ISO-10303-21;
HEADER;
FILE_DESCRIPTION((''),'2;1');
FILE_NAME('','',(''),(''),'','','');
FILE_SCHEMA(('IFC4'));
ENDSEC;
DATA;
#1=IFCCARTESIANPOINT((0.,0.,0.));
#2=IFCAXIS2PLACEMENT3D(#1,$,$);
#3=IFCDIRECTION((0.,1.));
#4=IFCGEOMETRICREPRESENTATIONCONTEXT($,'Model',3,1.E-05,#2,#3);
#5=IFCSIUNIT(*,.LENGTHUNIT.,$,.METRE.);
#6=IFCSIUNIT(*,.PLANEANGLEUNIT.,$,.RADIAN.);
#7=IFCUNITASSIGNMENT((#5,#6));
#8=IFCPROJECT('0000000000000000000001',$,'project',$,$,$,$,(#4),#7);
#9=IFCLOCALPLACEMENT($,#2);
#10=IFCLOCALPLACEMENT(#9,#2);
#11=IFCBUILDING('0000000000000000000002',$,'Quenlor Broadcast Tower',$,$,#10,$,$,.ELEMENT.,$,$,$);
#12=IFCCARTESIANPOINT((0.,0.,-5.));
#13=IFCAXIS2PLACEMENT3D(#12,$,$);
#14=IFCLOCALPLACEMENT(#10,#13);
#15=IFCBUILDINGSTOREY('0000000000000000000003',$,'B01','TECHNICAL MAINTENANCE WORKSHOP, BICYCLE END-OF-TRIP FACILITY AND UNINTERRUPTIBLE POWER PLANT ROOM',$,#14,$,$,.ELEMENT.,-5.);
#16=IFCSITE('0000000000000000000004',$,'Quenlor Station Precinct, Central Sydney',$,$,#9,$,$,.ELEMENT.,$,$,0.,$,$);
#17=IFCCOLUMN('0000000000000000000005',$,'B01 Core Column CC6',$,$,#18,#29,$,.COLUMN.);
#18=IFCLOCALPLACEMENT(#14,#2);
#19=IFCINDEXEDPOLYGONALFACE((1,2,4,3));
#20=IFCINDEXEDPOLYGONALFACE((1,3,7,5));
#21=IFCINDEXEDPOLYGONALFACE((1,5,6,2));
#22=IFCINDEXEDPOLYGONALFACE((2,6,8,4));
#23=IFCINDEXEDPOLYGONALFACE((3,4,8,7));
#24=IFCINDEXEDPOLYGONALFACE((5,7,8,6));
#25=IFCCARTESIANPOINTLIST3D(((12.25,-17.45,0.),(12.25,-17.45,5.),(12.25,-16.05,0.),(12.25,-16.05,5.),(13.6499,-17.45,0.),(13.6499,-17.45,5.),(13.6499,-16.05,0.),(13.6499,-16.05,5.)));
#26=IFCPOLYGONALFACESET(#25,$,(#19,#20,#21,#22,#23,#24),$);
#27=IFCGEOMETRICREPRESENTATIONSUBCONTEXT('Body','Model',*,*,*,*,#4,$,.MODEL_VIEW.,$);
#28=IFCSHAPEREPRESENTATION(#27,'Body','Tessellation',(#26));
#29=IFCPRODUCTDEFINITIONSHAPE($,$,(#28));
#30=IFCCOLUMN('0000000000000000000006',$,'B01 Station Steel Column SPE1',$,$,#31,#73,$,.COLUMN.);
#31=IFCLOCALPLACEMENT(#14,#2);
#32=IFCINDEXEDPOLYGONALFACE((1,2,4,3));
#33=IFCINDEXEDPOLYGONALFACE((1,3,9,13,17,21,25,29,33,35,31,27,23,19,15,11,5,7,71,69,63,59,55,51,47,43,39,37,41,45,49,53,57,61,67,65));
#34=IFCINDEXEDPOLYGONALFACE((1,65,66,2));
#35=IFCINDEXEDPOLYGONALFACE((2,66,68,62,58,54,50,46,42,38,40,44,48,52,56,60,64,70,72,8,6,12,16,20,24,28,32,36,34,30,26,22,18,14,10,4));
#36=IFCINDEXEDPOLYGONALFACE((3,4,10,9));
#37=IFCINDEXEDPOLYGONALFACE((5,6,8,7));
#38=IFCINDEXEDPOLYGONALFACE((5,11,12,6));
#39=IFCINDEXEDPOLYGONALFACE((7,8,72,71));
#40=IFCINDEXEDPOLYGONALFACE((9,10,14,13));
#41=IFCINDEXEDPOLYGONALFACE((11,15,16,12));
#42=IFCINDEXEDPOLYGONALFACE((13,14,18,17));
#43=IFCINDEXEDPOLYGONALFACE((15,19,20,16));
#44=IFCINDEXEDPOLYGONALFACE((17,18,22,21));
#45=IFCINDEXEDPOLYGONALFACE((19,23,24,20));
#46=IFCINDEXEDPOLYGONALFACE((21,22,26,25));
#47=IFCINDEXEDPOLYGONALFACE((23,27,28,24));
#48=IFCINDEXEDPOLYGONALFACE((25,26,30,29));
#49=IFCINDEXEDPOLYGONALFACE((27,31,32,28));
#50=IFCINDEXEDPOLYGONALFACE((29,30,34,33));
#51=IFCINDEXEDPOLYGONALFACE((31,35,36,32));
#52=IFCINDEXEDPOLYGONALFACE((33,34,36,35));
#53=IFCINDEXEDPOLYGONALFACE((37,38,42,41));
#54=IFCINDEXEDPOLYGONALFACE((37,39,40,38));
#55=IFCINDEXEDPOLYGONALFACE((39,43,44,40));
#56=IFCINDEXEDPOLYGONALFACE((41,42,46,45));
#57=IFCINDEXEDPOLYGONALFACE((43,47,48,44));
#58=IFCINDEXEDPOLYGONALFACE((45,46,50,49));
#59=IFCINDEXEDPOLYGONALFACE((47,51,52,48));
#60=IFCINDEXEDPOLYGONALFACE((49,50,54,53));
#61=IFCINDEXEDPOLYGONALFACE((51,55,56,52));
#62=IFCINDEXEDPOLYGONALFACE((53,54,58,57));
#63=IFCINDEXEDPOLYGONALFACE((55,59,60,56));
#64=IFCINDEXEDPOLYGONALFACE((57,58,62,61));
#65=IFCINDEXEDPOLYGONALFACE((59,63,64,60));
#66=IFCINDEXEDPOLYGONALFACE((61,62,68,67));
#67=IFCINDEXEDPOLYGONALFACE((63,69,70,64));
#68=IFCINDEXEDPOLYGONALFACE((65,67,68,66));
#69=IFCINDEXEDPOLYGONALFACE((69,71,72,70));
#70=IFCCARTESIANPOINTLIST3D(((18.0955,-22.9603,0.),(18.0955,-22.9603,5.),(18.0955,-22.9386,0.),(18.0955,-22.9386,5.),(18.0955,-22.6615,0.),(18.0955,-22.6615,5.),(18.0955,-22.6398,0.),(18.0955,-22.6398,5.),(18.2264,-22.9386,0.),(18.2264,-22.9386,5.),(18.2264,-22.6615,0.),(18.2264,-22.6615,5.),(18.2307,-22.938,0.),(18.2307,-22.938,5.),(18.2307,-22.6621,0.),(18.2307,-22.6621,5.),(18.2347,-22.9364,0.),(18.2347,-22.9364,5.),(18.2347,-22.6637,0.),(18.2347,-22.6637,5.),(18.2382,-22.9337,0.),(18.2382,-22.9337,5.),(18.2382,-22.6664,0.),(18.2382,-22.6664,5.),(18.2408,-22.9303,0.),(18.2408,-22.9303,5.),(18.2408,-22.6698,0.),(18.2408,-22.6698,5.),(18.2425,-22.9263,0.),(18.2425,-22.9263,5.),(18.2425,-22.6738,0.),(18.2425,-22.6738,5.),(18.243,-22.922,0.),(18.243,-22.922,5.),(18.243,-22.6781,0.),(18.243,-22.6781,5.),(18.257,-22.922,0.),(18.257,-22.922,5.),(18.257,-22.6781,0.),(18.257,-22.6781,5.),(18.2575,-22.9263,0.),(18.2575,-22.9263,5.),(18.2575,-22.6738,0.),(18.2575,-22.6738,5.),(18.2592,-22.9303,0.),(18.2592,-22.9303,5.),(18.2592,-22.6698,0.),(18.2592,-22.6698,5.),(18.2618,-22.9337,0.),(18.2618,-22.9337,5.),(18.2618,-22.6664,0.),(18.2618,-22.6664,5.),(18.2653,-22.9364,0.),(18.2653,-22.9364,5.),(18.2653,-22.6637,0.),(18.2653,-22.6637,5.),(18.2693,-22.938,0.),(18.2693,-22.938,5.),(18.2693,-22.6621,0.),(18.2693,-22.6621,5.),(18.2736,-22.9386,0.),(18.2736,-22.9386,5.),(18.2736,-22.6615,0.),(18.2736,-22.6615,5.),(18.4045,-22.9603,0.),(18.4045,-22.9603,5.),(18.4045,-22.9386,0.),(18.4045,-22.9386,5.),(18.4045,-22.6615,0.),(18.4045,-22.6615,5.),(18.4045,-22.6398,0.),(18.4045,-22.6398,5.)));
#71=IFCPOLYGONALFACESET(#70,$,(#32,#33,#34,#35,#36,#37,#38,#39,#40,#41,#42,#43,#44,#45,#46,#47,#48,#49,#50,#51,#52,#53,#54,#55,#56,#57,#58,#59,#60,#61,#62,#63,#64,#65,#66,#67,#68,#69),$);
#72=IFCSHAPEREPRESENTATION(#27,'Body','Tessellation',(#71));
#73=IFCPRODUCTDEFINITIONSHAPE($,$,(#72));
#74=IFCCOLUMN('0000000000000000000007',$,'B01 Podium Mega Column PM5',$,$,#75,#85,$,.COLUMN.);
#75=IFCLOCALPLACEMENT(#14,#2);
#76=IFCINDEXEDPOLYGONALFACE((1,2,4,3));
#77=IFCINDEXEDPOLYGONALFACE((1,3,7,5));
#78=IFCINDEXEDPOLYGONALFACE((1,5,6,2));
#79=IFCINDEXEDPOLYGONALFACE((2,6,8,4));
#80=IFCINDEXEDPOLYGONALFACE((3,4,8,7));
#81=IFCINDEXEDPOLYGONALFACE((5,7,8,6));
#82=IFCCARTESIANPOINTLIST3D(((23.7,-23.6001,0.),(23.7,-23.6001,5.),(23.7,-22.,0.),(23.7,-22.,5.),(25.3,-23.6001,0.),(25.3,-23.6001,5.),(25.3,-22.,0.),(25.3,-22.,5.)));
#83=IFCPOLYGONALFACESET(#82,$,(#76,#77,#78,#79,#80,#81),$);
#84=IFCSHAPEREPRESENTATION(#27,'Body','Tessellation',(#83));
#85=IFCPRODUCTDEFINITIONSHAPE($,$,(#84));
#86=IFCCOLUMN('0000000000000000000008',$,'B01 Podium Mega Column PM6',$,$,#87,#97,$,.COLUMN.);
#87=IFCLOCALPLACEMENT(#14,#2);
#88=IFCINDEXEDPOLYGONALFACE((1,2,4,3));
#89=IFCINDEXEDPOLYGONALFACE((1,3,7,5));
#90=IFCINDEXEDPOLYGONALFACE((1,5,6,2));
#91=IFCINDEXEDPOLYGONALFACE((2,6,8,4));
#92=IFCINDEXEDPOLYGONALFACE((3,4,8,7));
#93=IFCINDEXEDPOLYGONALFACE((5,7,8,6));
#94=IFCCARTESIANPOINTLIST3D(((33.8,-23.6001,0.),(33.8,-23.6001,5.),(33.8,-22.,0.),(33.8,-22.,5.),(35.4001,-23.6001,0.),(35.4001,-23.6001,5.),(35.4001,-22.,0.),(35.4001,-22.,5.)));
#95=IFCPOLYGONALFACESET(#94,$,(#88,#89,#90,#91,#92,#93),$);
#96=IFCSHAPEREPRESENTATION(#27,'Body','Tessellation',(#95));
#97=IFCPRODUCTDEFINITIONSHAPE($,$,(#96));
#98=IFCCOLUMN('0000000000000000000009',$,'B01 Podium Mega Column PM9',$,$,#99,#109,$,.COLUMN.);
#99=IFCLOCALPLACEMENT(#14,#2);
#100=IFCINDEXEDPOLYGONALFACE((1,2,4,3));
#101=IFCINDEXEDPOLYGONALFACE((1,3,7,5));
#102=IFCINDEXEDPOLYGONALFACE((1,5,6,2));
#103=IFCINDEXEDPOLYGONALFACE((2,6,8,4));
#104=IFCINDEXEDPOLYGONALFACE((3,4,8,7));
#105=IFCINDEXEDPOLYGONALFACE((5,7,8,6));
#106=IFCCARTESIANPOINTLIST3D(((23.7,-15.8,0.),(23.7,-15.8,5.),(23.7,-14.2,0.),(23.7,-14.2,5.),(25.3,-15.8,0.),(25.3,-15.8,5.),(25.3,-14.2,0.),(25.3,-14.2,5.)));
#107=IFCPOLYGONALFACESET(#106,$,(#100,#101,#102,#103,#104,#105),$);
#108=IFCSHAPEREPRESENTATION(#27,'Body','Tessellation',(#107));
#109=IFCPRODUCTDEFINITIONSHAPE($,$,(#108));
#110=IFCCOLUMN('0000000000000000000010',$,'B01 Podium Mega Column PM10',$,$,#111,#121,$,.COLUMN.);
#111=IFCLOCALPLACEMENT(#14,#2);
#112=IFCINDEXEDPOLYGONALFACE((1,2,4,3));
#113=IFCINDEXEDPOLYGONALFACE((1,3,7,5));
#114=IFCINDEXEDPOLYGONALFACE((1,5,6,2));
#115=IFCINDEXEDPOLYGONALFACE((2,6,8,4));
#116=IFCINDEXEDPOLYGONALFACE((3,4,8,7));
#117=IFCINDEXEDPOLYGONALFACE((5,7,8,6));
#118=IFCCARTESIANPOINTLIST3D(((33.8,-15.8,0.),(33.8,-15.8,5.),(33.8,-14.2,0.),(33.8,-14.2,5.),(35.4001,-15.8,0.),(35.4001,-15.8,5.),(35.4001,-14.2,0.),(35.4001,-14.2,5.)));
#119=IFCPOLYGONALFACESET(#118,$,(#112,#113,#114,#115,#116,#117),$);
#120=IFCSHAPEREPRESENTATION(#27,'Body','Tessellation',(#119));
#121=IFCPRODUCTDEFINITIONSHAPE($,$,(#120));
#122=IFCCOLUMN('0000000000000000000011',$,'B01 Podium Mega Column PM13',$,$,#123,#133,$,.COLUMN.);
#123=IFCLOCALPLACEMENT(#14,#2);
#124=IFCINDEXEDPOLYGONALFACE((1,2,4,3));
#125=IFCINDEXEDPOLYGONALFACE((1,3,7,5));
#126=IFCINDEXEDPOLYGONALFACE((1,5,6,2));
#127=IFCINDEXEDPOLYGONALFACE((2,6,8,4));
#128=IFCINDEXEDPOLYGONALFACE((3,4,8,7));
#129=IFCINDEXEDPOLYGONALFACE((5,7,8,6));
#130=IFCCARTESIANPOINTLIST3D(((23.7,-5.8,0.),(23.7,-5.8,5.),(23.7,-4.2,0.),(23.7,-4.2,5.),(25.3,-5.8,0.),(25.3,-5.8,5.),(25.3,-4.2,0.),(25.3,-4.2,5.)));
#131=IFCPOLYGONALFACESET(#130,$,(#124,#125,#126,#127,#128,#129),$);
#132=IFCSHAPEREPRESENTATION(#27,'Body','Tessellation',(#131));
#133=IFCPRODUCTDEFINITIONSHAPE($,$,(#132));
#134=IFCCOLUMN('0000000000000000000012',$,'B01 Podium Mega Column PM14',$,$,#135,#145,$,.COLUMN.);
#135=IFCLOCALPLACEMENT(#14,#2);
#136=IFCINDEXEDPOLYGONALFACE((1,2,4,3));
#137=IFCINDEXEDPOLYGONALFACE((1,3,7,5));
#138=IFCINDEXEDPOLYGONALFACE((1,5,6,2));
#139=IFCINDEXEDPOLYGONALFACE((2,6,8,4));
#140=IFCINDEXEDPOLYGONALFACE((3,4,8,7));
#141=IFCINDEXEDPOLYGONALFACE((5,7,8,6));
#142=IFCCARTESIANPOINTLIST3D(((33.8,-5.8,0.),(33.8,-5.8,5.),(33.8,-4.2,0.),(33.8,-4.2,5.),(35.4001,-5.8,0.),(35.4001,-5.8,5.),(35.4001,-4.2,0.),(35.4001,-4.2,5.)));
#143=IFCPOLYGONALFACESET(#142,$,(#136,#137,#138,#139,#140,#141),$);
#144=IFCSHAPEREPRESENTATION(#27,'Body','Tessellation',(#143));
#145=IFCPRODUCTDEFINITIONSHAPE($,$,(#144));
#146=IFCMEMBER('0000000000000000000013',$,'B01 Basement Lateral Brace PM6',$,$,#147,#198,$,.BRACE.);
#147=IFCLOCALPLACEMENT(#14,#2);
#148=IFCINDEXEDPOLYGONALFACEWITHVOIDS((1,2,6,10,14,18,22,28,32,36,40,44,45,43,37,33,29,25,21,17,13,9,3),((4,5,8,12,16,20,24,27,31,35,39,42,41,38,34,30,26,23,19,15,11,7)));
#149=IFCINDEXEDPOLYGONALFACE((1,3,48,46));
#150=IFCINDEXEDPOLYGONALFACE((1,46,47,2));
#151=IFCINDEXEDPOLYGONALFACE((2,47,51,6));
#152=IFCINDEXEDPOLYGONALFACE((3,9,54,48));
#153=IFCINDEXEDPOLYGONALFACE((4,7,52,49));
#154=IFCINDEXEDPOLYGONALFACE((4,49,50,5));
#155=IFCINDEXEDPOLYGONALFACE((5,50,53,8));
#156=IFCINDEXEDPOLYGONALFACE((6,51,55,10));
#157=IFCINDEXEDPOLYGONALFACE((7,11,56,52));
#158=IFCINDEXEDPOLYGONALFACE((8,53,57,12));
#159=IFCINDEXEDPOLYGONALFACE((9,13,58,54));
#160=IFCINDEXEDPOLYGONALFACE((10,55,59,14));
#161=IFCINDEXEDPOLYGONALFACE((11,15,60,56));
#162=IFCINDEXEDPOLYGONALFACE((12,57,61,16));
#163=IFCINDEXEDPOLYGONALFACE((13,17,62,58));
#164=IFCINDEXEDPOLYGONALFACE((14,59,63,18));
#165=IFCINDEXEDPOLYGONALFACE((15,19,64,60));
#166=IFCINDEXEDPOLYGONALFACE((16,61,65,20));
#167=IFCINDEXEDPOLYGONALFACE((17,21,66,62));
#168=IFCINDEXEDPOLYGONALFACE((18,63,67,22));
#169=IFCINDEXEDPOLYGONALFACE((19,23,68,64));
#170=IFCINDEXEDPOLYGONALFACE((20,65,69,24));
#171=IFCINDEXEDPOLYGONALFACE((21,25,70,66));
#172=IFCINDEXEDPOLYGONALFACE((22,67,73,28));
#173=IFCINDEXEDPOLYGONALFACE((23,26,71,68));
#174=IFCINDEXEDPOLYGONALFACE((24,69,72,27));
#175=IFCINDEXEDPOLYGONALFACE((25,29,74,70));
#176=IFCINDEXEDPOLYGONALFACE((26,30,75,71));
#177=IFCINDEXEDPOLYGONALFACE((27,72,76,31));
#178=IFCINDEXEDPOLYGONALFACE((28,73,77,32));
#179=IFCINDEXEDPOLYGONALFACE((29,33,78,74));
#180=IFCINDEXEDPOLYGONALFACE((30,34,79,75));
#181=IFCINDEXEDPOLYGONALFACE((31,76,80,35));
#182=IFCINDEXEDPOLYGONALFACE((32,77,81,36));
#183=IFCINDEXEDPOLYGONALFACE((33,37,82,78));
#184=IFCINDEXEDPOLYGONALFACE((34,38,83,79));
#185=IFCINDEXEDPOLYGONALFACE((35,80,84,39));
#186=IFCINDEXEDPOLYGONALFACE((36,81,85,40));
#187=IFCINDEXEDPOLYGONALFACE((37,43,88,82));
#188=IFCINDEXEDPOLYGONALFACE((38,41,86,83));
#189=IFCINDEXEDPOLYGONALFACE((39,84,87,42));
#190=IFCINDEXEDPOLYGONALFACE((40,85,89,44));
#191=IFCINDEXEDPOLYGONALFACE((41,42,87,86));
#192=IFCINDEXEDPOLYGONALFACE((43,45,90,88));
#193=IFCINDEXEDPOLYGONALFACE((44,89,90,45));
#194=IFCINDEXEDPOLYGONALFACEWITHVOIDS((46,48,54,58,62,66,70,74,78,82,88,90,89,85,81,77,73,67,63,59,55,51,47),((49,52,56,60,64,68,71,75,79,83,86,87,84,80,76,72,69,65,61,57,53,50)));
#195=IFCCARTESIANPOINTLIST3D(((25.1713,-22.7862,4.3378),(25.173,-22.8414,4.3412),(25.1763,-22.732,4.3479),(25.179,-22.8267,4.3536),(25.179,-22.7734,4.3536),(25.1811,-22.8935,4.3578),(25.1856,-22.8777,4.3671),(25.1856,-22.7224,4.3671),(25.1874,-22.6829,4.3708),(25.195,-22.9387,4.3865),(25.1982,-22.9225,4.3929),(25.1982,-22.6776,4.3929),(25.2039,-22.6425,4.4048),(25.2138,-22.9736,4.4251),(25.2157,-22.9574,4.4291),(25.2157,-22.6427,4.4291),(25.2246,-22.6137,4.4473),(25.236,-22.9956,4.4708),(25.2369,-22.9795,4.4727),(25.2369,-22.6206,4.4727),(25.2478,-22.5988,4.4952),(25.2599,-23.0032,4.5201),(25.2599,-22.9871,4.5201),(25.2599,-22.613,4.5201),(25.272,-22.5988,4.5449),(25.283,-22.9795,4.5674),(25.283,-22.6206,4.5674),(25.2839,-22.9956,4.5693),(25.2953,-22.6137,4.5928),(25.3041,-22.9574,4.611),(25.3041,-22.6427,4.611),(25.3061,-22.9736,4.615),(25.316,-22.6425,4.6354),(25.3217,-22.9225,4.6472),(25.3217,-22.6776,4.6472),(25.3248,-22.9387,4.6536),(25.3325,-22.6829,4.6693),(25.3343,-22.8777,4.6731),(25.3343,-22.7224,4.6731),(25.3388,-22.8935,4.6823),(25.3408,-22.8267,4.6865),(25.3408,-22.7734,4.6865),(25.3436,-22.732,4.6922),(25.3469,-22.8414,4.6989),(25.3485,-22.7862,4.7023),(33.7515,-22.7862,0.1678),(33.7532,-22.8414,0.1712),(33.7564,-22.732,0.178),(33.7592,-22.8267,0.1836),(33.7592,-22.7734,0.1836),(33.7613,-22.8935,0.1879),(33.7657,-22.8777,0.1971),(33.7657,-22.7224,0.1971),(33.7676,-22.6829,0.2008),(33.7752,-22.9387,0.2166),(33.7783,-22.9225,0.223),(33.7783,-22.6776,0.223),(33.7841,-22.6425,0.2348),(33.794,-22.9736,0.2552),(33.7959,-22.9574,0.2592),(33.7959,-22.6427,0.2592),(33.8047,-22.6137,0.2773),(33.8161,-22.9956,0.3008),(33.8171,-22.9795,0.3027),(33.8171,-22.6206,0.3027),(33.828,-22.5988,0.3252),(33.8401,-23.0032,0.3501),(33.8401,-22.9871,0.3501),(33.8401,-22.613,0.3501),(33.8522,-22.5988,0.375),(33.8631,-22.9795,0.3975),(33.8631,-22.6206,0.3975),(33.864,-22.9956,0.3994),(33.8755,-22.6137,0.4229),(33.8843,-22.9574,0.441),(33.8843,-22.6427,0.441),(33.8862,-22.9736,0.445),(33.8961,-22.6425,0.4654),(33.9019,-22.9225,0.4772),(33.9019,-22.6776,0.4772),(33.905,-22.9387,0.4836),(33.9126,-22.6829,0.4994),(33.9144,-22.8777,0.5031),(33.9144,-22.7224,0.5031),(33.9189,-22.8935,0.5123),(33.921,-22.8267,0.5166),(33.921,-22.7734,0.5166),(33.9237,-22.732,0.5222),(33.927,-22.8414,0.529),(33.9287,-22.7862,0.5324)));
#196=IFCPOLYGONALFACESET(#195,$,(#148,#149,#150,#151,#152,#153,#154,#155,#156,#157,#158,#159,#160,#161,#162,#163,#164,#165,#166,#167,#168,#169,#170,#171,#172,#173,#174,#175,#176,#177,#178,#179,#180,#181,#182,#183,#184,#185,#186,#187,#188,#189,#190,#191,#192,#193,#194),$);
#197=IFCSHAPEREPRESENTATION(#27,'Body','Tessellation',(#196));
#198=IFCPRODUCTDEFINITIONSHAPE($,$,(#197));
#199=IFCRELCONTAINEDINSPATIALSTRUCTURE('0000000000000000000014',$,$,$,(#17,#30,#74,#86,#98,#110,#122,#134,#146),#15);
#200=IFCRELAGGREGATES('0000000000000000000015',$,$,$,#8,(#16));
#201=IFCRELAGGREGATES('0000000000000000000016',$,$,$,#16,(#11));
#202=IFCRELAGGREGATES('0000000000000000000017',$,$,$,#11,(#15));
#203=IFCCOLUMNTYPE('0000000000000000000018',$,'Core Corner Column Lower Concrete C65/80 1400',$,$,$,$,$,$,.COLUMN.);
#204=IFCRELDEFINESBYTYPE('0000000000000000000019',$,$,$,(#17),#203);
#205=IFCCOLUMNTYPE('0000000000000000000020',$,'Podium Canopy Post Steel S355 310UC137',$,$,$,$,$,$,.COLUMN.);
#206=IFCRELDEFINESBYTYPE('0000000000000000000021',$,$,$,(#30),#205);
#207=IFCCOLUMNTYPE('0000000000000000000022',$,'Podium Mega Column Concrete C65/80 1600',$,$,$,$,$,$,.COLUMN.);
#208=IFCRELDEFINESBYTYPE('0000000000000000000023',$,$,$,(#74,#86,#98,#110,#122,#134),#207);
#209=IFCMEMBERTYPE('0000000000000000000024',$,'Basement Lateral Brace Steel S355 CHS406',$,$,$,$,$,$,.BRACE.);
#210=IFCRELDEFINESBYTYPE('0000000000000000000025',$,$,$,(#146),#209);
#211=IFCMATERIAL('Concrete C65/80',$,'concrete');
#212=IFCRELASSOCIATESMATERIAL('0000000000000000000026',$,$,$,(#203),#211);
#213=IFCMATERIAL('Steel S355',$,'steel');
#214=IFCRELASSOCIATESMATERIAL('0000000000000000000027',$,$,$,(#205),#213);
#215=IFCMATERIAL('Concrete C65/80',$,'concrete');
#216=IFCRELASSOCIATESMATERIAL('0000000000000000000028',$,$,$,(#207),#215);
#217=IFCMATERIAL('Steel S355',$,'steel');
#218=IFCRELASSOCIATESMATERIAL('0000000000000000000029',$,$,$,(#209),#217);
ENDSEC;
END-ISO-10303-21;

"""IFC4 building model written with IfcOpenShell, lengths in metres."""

from ifc_helpers import new_model, si_unit, direction, frame, origin, origin_2d, place, context, subcontext, project, spatial, rectangle, hollow_circle, i_section, extrude, material, material_profile, profile_set, type_object, element, save


model = new_model("IFC4")

# Units and contexts
model_context = context("Model", 3, precision=1e-05, world=origin(), true_north=direction((0.0, 1.0)))
body_context = subcontext(model_context, "Body", "Model", "MODEL_VIEW")
ifc_project = project(units=[si_unit("LENGTHUNIT", "METRE"), si_unit("PLANEANGLEUNIT", "RADIAN")], contexts=[model_context])

# Site, building, storey
site_placement = place(None, origin())
site = spatial("IfcSite", under=ifc_project, at=site_placement, Name="Quenlor Station Precinct, Central Sydney", CompositionType="ELEMENT", RefElevation=0.0)
building_placement = place(site_placement, origin())
building = spatial("IfcBuilding", under=site, at=building_placement, Name="Quenlor Broadcast Tower", CompositionType="ELEMENT")
storey_placement = place(building_placement, frame((0.0, 0.0, -5.0)))
storey = spatial("IfcBuildingStorey", under=building, at=storey_placement, Name="B01", Description="TECHNICAL MAINTENANCE WORKSHOP, BICYCLE END-OF-TRIP FACILITY AND UNINTERRUPTIBLE POWER PLANT ROOM", CompositionType="ELEMENT", Elevation=-5.0)

# Columns
ifc_material_1 = material(Name="Concrete C65/80", Category="concrete")
ifc_material_profile_1 = material_profile(ifc_material_1, rectangle(XDim=1.3999, YDim=1.3999, at=origin_2d()))
ifc_profile_set_1 = profile_set([ifc_material_profile_1], Name="Concrete C65/80 RC1400x1400")
column_type_1 = type_object("IfcColumnType", Name="Core Corner Column Lower Concrete C65/80 1400", PredefinedType="COLUMN", material=ifc_profile_set_1)
column_1_placement = place(storey_placement, frame((12.95, -16.75, 0.0), z_axis=(0.0, 0.0, 1.0), x_axis=(1.0, 0.0, 0.0)))
element("IfcColumn", 1, at=column_1_placement, inside=storey, type_object=column_type_1, Name="B01 Core Column CC6", PredefinedType="COLUMN", context=body_context, shape_type="SweptSolid", body=[
    extrude(rectangle(XDim=1.3999, YDim=1.3999, at=origin_2d()), origin(), (0.0, 0.0, 1.0), 5.0),
])
ifc_material_2 = material(Name="Steel S355", Category="steel")
ifc_material_profile_2 = material_profile(ifc_material_2, i_section(OverallWidth=0.3091, OverallDepth=0.3206, WebThickness=0.0139, FlangeThickness=0.0217, FilletRadius=0.0166, at=origin_2d()))
ifc_profile_set_2 = profile_set([ifc_material_profile_2], Name="Steel S355 310UC137")
column_type_2 = type_object("IfcColumnType", Name="Podium Canopy Post Steel S355 310UC137", PredefinedType="COLUMN", material=ifc_profile_set_2)
column_2_placement = place(storey_placement, frame((18.25, -22.8, 0.0), z_axis=(0.0, 0.0, 1.0), x_axis=(1.0, 0.0, 0.0)))
element("IfcColumn", 2, at=column_2_placement, inside=storey, type_object=column_type_2, Name="B01 Station Steel Column SPE1", PredefinedType="COLUMN", context=body_context, shape_type="SweptSolid", body=[
    extrude(i_section(OverallWidth=0.3091, OverallDepth=0.3206, WebThickness=0.0139, FlangeThickness=0.0217, FilletRadius=0.0166, at=origin_2d()), origin(), (0.0, 0.0, 1.0), 5.0),
])
ifc_material_3 = material(Name="Concrete C65/80", Category="concrete")
ifc_material_profile_3 = material_profile(ifc_material_3, rectangle(XDim=1.6001, YDim=1.6001, at=origin_2d()))
ifc_profile_set_3 = profile_set([ifc_material_profile_3], Name="Concrete C65/80 RC1600x1600")
column_type_3 = type_object("IfcColumnType", Name="Podium Mega Column Concrete C65/80 1600", PredefinedType="COLUMN", material=ifc_profile_set_3)
for number, where, z_axis, x_axis, name in (
    (3, (24.5, -22.8, 0.0), (0.0, 0.0, 1.0), (1.0, 0.0, 0.0), "B01 Podium Mega Column PM5"),
    (4, (34.6001, -22.8, 0.0), (0.0, 0.0, 1.0), (1.0, 0.0, 0.0), "B01 Podium Mega Column PM6"),
    (5, (24.5, -15.0, 0.0), (0.0, 0.0, 1.0), (1.0, 0.0, 0.0), "B01 Podium Mega Column PM9"),
    (6, (34.6001, -15.0, 0.0), (0.0, 0.0, 1.0), (1.0, 0.0, 0.0), "B01 Podium Mega Column PM10"),
    (7, (24.5, -5.0, 0.0), (0.0, 0.0, 1.0), (1.0, 0.0, 0.0), "B01 Podium Mega Column PM13"),
    (8, (34.6001, -5.0, 0.0), (0.0, 0.0, 1.0), (1.0, 0.0, 0.0), "B01 Podium Mega Column PM14"),
):
    element("IfcColumn", number, at=place(storey_placement, frame(where, z_axis=z_axis, x_axis=x_axis)), inside=storey, type_object=column_type_3, Name=name, PredefinedType="COLUMN", context=body_context, shape_type="SweptSolid", body=[
        extrude(rectangle(XDim=1.6001, YDim=1.6001, at=origin_2d()), origin(), (0.0, 0.0, 1.0), 5.0),
    ])

# Member
ifc_material_4 = material(Name="Steel S355", Category="steel")
ifc_material_profile_4 = material_profile(ifc_material_4, hollow_circle(Radius=0.2031, WallThickness=0.0161, at=origin_2d()))
ifc_profile_set_4 = profile_set([ifc_material_profile_4], Name="Steel S355 CHS406x16")
member_type = type_object("IfcMemberType", Name="Basement Lateral Brace Steel S355 CHS406", PredefinedType="BRACE", material=ifc_profile_set_4)
member_placement = place(storey_placement, frame((33.8401, -22.8, 0.3501), z_axis=(-0.899407, 0.0, 0.437112), x_axis=(0.0, -1.0, 0.0)))
element("IfcMember", 9, at=member_placement, inside=storey, type_object=member_type, Name="B01 Basement Lateral Brace PM6", PredefinedType="BRACE", context=body_context, shape_type="SweptSolid", body=[
    extrude(hollow_circle(Radius=0.2031, WallThickness=0.0161, at=origin_2d()), origin(), (0.0, 0.0, 1.0), 9.5398),
])

save(model, "model.ifc")
